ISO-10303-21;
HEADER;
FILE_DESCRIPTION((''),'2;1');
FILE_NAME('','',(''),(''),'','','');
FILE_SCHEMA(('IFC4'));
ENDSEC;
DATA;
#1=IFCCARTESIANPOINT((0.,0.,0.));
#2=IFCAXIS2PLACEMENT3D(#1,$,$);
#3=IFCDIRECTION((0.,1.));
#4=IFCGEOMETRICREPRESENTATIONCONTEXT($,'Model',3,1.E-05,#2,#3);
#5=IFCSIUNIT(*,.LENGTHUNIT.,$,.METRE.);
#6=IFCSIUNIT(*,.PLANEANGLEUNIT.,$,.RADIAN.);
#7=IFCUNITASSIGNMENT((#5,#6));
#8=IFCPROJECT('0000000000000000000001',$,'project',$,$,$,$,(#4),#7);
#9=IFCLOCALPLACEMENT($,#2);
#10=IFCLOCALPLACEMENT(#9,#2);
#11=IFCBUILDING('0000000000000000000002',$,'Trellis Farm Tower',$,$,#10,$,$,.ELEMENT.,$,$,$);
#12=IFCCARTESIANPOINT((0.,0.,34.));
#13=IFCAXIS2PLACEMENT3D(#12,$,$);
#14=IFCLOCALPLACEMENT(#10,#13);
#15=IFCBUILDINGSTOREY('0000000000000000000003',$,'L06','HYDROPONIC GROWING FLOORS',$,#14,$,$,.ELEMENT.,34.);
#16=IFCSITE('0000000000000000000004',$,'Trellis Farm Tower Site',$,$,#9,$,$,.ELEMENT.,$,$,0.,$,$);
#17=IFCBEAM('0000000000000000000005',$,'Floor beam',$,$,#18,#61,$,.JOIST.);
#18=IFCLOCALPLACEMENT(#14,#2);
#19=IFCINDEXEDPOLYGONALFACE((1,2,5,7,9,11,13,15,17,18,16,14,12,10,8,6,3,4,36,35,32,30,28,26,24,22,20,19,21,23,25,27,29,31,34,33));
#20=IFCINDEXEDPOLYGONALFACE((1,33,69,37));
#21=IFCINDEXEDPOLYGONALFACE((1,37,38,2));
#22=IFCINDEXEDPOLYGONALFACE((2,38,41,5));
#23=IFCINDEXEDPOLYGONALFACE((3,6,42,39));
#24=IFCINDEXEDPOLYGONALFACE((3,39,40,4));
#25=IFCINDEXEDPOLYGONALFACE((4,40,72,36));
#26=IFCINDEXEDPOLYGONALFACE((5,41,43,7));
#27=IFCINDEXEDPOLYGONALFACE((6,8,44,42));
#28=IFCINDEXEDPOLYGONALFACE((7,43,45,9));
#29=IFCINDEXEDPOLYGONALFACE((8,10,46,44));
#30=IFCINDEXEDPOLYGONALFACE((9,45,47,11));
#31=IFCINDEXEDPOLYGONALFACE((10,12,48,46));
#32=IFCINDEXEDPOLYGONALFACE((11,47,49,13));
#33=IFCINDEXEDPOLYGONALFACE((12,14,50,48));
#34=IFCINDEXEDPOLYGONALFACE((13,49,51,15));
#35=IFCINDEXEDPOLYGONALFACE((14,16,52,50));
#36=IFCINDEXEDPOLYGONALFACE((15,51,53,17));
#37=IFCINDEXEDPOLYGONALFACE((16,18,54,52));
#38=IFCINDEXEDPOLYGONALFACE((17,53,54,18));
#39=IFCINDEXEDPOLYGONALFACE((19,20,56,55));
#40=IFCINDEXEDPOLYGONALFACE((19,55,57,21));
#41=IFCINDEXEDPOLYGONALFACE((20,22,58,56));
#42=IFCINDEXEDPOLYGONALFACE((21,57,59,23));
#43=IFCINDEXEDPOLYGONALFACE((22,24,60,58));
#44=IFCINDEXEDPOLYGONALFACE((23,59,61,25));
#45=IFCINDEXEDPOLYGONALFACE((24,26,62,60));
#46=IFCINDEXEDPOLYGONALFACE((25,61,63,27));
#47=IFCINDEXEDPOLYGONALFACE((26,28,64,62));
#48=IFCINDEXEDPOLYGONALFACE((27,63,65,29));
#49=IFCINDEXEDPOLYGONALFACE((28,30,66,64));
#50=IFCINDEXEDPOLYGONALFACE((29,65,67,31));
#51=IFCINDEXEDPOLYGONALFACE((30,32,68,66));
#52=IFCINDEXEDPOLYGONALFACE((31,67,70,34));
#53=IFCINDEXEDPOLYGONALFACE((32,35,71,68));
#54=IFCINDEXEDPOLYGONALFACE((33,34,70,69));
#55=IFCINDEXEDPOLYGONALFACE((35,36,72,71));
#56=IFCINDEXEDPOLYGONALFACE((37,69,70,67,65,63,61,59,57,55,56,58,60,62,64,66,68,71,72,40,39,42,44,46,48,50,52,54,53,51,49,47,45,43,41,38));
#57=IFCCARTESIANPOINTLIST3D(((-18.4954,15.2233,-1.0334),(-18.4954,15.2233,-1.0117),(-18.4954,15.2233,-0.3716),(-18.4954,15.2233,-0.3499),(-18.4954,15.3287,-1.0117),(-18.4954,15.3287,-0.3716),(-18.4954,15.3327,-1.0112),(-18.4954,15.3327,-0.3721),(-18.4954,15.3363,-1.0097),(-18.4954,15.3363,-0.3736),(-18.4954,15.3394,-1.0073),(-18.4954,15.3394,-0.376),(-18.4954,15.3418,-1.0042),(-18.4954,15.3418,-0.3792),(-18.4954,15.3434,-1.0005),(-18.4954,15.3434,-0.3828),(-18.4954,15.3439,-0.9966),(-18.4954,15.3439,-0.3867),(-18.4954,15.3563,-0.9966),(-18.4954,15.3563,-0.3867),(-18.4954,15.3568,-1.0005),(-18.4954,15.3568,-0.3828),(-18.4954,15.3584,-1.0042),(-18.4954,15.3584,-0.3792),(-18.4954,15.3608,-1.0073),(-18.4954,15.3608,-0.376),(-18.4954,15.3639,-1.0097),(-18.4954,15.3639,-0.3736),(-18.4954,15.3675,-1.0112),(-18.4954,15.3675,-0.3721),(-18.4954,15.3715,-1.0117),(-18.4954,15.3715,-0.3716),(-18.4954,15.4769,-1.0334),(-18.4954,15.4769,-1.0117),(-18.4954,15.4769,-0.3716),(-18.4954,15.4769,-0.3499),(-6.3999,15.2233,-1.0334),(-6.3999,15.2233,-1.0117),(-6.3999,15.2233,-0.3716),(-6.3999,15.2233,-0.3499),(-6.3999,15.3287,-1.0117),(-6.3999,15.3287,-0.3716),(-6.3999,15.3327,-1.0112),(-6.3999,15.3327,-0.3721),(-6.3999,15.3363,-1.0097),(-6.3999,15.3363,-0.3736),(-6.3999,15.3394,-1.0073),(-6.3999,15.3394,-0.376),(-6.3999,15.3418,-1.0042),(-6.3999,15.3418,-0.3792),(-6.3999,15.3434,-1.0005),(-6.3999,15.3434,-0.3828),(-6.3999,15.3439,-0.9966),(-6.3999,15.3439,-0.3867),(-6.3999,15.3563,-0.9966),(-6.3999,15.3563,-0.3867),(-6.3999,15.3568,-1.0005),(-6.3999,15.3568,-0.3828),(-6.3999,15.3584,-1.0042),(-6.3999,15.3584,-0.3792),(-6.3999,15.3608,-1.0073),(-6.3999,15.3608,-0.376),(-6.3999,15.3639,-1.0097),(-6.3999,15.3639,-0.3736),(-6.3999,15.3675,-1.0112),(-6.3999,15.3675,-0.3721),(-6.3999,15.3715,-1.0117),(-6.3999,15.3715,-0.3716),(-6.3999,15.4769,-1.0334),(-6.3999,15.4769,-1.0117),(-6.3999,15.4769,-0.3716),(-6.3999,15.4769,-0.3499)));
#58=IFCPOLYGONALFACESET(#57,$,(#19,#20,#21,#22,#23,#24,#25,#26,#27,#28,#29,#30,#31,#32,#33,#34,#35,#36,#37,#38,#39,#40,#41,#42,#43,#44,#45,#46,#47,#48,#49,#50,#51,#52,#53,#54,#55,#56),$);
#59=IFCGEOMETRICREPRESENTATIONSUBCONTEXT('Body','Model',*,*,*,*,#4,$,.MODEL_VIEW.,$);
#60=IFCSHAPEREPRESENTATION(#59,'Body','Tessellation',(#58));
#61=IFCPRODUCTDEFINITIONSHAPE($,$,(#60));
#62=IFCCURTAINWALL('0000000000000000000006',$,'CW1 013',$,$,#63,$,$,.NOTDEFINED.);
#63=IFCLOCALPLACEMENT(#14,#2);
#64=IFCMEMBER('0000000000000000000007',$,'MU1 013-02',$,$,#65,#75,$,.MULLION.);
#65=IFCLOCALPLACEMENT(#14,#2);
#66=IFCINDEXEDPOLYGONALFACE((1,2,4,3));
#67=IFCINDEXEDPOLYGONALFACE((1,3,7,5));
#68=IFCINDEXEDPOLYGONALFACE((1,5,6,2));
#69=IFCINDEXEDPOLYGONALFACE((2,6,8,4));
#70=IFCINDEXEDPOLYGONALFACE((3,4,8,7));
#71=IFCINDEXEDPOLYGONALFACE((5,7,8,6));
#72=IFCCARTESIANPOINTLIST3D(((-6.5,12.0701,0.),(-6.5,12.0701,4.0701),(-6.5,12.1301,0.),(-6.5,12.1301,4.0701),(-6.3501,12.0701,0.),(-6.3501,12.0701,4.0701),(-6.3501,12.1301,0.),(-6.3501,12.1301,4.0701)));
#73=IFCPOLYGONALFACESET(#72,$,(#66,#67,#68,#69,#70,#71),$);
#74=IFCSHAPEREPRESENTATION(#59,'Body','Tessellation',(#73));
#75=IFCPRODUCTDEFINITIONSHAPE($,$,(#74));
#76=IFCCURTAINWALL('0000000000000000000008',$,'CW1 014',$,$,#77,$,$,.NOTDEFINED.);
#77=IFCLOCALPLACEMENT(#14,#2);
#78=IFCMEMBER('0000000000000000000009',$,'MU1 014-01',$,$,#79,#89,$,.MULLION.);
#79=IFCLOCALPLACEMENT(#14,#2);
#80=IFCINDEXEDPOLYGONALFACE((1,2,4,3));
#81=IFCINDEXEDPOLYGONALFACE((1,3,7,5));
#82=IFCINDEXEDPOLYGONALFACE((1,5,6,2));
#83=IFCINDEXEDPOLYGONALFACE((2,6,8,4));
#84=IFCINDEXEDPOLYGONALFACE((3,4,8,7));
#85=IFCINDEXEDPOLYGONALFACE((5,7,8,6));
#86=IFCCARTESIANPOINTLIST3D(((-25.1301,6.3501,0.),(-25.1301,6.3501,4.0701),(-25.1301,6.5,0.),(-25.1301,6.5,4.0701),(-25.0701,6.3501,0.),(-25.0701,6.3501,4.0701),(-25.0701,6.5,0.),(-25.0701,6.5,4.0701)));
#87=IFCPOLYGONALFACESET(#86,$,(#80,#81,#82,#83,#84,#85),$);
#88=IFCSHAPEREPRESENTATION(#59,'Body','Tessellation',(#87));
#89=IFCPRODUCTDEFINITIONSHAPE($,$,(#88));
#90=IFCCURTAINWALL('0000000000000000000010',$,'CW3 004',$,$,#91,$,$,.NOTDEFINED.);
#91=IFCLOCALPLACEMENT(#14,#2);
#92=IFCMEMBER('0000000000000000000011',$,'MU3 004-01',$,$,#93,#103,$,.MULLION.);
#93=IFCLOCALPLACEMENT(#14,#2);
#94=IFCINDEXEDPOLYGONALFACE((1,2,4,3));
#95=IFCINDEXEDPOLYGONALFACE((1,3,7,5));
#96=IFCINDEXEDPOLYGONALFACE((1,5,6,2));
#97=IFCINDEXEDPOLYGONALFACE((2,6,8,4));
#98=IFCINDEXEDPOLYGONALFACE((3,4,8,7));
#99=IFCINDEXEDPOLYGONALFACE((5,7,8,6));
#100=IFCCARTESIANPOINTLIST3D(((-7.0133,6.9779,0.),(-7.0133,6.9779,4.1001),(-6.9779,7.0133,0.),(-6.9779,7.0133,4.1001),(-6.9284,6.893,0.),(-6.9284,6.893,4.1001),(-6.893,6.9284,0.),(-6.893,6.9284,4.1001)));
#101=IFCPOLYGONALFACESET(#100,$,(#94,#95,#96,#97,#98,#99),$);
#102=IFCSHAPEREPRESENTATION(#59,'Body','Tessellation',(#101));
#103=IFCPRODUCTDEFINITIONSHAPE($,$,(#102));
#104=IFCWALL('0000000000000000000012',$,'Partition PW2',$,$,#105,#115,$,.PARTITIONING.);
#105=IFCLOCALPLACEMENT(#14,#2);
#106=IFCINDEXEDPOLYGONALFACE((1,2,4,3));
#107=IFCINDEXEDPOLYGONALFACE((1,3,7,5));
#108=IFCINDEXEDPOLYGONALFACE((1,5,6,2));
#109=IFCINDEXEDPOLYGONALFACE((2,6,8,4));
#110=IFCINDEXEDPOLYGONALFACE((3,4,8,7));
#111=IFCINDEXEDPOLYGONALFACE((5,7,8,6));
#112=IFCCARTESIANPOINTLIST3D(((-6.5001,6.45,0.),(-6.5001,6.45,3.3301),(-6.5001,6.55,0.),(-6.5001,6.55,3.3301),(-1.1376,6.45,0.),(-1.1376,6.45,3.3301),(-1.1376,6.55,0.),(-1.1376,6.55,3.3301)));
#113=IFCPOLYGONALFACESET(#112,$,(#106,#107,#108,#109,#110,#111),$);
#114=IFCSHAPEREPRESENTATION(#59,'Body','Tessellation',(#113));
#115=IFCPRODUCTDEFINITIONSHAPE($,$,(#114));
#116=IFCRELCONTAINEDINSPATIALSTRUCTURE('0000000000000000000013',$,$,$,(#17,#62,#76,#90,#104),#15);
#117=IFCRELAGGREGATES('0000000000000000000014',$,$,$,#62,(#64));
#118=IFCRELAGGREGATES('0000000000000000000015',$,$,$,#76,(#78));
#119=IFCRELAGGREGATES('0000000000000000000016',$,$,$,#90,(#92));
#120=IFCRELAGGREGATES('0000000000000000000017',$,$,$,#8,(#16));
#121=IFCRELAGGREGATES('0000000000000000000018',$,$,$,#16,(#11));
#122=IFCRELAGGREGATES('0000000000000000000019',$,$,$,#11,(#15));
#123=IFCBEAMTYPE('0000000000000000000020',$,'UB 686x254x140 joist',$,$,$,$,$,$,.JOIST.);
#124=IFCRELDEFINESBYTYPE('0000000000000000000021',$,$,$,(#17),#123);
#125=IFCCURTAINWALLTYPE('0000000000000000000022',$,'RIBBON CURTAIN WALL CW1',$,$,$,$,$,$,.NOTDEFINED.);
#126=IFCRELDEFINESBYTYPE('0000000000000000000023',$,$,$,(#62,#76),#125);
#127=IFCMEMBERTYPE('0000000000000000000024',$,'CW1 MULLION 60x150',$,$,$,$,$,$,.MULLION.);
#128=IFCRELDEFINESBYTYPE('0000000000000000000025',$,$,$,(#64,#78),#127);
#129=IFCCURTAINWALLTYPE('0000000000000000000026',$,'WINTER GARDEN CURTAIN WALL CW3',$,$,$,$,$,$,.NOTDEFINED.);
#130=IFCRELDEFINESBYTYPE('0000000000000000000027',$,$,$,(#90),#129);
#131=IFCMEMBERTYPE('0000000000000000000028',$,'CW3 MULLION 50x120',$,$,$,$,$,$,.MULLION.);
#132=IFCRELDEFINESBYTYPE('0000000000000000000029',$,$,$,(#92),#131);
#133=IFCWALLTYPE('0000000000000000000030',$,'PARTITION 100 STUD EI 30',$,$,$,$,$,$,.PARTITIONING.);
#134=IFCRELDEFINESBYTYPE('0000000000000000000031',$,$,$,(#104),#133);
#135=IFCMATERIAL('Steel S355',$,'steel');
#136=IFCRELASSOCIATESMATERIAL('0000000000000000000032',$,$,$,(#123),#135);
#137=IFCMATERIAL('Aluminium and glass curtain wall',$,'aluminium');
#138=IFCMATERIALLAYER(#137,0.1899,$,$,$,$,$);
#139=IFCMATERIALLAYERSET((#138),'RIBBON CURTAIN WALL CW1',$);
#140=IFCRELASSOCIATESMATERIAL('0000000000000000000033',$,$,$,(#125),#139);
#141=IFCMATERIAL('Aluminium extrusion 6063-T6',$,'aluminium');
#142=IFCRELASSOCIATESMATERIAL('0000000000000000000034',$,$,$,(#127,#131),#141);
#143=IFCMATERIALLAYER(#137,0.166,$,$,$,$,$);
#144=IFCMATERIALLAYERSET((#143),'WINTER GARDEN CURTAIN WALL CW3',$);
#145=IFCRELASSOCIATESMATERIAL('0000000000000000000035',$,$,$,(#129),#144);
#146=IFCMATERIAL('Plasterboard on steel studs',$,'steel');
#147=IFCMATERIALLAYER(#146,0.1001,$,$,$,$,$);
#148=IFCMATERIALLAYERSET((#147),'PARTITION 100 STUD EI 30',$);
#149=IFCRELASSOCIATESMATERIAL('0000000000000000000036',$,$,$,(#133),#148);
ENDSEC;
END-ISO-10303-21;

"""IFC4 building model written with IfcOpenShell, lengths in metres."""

from ifc_helpers import new_model, si_unit, direction, frame, frame_2d, origin, origin_2d, place, context, subcontext, project, spatial, rectangle, i_section, extrude, source, transform, mapped, material, layer, layer_set, material_profile, profile_set, type_object, element, aggregate, save


model = new_model("IFC4")

# Units and contexts
model_context = context("Model", 3, precision=1e-05, world=origin(), true_north=direction((0.0, 1.0)))
body_context = subcontext(model_context, "Body", "Model", "MODEL_VIEW")
ifc_project = project(units=[si_unit("LENGTHUNIT", "METRE"), si_unit("PLANEANGLEUNIT", "RADIAN")], contexts=[model_context])

# Site, building, storey
site_placement = place(None, origin())
site = spatial("IfcSite", under=ifc_project, at=site_placement, Name="Trellis Farm Tower Site", CompositionType="ELEMENT", RefElevation=0.0)
building_placement = place(site_placement, origin())
building = spatial("IfcBuilding", under=site, at=building_placement, Name="Trellis Farm Tower", CompositionType="ELEMENT")
storey_placement = place(building_placement, frame((0.0, 0.0, 34.0)))
storey = spatial("IfcBuildingStorey", under=building, at=storey_placement, Name="L06", Description="HYDROPONIC GROWING FLOORS", CompositionType="ELEMENT", Elevation=34.0)

# Beam
ifc_material_1 = material(Name="Steel S355", Category="steel")
ifc_material_profile_1 = material_profile(ifc_material_1, i_section(OverallWidth=0.2537, OverallDepth=0.6836, WebThickness=0.0125, FlangeThickness=0.0217, FilletRadius=0.0151, at=origin_2d()), Name="UB 686x254x140")
ifc_profile_set_1 = profile_set([ifc_material_profile_1], Name="Steel S355")
beam_type_1 = type_object("IfcBeamType", Name="UB 686x254x140 joist", PredefinedType="JOIST", material=ifc_profile_set_1)
shared_shape_1 = source(origin(), body_context, "Body", "SweptSolid", [
    extrude(i_section(OverallWidth=0.2537, OverallDepth=0.6836, WebThickness=0.0125, FlangeThickness=0.0217, FilletRadius=0.0151, at=origin_2d()), origin(), (0.0, 0.0, 1.0), 12.0955),
])
for number, where, z_axis, x_axis, name in (
    (1, (-18.4954, 15.3501, -0.6917), (1.0, 0.0, 0.0), (0.0, 1.0, 0.0), "Floor beam"),
):
    element("IfcBeam", number, at=place(storey_placement, frame(where, z_axis=z_axis, x_axis=x_axis)), inside=storey, type_object=beam_type_1, Name=name, PredefinedType="JOIST", context=body_context, shape_type="MappedRepresentation", body=[
        mapped(shared_shape_1, transform((0.0, 0.0, 0.0))),
    ])

# Curtain walls, members
ifc_material_2 = material(Name="Aluminium and glass curtain wall", Category="aluminium")
ifc_layer_1 = layer(ifc_material_2, 0.1899)
ifc_layer_set_1 = layer_set([ifc_layer_1], Name="RIBBON CURTAIN WALL CW1")
curtain_wall_type_1 = type_object("IfcCurtainWallType", Name="RIBBON CURTAIN WALL CW1", PredefinedType="NOTDEFINED", material=ifc_layer_set_1)
placement = place(storey_placement, origin())
curtain_wall_1 = element("IfcCurtainWall", 2, at=placement, inside=storey, type_object=curtain_wall_type_1, Name="CW1 013", PredefinedType="NOTDEFINED")
ifc_material_3 = material(Name="Aluminium extrusion 6063-T6", Category="aluminium")
ifc_material_profile_2 = material_profile(ifc_material_3, rectangle(XDim=0.0601, YDim=0.1499, at=origin_2d()), Name="MULLION 60x150")
ifc_profile_set_2 = profile_set([ifc_material_profile_2], Name="Aluminium extrusion 6063-T6")
member_type_1 = type_object("IfcMemberType", Name="CW1 MULLION 60x150", PredefinedType="MULLION", material=ifc_profile_set_2)
shared_shape_2 = source(origin(), body_context, "Body", "SweptSolid", [
    extrude(rectangle(XDim=0.0601, YDim=0.1499, at=origin_2d()), origin(), (0.0, 0.0, 1.0), 4.0701),
])
member_1_placement = place(storey_placement, frame((-6.425, 12.1001, 0.0), z_axis=(0.0, 0.0, 1.0), x_axis=(0.0, -1.0, 0.0)))
member_1 = element("IfcMember", 3, at=member_1_placement, type_object=member_type_1, Name="MU1 013-02", PredefinedType="MULLION", context=body_context, shape_type="MappedRepresentation", body=[
    mapped(shared_shape_2, transform((0.0, 0.0, 0.0))),
])
aggregate(curtain_wall_1, [member_1])
curtain_wall_2 = element("IfcCurtainWall", 4, at=placement, inside=storey, type_object=curtain_wall_type_1, Name="CW1 014", PredefinedType="NOTDEFINED")
member_2_placement = place(storey_placement, frame((-25.1001, 6.425, 0.0), z_axis=(0.0, 0.0, 1.0), x_axis=(-1.0, 0.0, 0.0)))
member_2 = element("IfcMember", 5, at=member_2_placement, type_object=member_type_1, Name="MU1 014-01", PredefinedType="MULLION", context=body_context, shape_type="MappedRepresentation", body=[
    mapped(shared_shape_2, transform((0.0, 0.0, 0.0))),
])
aggregate(curtain_wall_2, [member_2])
ifc_layer_2 = layer(ifc_material_2, 0.166)
ifc_layer_set_2 = layer_set([ifc_layer_2], Name="WINTER GARDEN CURTAIN WALL CW3")
curtain_wall_type_2 = type_object("IfcCurtainWallType", Name="WINTER GARDEN CURTAIN WALL CW3", PredefinedType="NOTDEFINED", material=ifc_layer_set_2)
curtain_wall_3 = element("IfcCurtainWall", 6, at=placement, inside=storey, type_object=curtain_wall_type_2, Name="CW3 004", PredefinedType="NOTDEFINED")
ifc_material_profile_3 = material_profile(ifc_material_3, rectangle(XDim=0.05, YDim=0.1201, at=origin_2d()), Name="MULLION 50x120")
ifc_profile_set_3 = profile_set([ifc_material_profile_3], Name="Aluminium extrusion 6063-T6")
member_type_2 = type_object("IfcMemberType", Name="CW3 MULLION 50x120", PredefinedType="MULLION", material=ifc_profile_set_3)
shared_shape_3 = source(origin(), body_context, "Body", "SweptSolid", [
    extrude(rectangle(XDim=0.05, YDim=0.1201, at=origin_2d()), origin(), (0.0, 0.0, 1.0), 4.1001),
])
member_3_placement = place(storey_placement, frame((-6.9531, 6.9531, 0.0), z_axis=(0.0, 0.0, 1.0), x_axis=(-0.707107, -0.707107, 0.0)))
member_3 = element("IfcMember", 7, at=member_3_placement, type_object=member_type_2, Name="MU3 004-01", PredefinedType="MULLION", context=body_context, shape_type="MappedRepresentation", body=[
    mapped(shared_shape_3, transform((0.0, 0.0, 0.0))),
])
aggregate(curtain_wall_3, [member_3])

# Wall
ifc_material_4 = material(Name="Plasterboard on steel studs", Category="steel")
ifc_layer_3 = layer(ifc_material_4, 0.1001)
ifc_layer_set_3 = layer_set([ifc_layer_3], Name="PARTITION 100 STUD EI 30")
wall_type = type_object("IfcWallType", Name="PARTITION 100 STUD EI 30", PredefinedType="PARTITIONING", material=ifc_layer_set_3)
shared_shape_4 = source(origin(), body_context, "Body", "SweptSolid", [
    extrude(rectangle(XDim=5.3625, YDim=0.1001, at=frame_2d((2.6812, 0.0))), origin(), (0.0, 0.0, 1.0), 3.3301),
])
wall_placement = place(storey_placement, frame((-6.5, 6.5, 0.0), z_axis=(0.0, 0.0, 1.0), x_axis=(1.0, 0.0, 0.0)))
element("IfcWall", 8, at=wall_placement, inside=storey, type_object=wall_type, Name="Partition PW2", PredefinedType="PARTITIONING", context=body_context, shape_type="MappedRepresentation", body=[
    mapped(shared_shape_4, transform((0.0, 0.0, 0.0))),
])

save(model, "model.ifc")
